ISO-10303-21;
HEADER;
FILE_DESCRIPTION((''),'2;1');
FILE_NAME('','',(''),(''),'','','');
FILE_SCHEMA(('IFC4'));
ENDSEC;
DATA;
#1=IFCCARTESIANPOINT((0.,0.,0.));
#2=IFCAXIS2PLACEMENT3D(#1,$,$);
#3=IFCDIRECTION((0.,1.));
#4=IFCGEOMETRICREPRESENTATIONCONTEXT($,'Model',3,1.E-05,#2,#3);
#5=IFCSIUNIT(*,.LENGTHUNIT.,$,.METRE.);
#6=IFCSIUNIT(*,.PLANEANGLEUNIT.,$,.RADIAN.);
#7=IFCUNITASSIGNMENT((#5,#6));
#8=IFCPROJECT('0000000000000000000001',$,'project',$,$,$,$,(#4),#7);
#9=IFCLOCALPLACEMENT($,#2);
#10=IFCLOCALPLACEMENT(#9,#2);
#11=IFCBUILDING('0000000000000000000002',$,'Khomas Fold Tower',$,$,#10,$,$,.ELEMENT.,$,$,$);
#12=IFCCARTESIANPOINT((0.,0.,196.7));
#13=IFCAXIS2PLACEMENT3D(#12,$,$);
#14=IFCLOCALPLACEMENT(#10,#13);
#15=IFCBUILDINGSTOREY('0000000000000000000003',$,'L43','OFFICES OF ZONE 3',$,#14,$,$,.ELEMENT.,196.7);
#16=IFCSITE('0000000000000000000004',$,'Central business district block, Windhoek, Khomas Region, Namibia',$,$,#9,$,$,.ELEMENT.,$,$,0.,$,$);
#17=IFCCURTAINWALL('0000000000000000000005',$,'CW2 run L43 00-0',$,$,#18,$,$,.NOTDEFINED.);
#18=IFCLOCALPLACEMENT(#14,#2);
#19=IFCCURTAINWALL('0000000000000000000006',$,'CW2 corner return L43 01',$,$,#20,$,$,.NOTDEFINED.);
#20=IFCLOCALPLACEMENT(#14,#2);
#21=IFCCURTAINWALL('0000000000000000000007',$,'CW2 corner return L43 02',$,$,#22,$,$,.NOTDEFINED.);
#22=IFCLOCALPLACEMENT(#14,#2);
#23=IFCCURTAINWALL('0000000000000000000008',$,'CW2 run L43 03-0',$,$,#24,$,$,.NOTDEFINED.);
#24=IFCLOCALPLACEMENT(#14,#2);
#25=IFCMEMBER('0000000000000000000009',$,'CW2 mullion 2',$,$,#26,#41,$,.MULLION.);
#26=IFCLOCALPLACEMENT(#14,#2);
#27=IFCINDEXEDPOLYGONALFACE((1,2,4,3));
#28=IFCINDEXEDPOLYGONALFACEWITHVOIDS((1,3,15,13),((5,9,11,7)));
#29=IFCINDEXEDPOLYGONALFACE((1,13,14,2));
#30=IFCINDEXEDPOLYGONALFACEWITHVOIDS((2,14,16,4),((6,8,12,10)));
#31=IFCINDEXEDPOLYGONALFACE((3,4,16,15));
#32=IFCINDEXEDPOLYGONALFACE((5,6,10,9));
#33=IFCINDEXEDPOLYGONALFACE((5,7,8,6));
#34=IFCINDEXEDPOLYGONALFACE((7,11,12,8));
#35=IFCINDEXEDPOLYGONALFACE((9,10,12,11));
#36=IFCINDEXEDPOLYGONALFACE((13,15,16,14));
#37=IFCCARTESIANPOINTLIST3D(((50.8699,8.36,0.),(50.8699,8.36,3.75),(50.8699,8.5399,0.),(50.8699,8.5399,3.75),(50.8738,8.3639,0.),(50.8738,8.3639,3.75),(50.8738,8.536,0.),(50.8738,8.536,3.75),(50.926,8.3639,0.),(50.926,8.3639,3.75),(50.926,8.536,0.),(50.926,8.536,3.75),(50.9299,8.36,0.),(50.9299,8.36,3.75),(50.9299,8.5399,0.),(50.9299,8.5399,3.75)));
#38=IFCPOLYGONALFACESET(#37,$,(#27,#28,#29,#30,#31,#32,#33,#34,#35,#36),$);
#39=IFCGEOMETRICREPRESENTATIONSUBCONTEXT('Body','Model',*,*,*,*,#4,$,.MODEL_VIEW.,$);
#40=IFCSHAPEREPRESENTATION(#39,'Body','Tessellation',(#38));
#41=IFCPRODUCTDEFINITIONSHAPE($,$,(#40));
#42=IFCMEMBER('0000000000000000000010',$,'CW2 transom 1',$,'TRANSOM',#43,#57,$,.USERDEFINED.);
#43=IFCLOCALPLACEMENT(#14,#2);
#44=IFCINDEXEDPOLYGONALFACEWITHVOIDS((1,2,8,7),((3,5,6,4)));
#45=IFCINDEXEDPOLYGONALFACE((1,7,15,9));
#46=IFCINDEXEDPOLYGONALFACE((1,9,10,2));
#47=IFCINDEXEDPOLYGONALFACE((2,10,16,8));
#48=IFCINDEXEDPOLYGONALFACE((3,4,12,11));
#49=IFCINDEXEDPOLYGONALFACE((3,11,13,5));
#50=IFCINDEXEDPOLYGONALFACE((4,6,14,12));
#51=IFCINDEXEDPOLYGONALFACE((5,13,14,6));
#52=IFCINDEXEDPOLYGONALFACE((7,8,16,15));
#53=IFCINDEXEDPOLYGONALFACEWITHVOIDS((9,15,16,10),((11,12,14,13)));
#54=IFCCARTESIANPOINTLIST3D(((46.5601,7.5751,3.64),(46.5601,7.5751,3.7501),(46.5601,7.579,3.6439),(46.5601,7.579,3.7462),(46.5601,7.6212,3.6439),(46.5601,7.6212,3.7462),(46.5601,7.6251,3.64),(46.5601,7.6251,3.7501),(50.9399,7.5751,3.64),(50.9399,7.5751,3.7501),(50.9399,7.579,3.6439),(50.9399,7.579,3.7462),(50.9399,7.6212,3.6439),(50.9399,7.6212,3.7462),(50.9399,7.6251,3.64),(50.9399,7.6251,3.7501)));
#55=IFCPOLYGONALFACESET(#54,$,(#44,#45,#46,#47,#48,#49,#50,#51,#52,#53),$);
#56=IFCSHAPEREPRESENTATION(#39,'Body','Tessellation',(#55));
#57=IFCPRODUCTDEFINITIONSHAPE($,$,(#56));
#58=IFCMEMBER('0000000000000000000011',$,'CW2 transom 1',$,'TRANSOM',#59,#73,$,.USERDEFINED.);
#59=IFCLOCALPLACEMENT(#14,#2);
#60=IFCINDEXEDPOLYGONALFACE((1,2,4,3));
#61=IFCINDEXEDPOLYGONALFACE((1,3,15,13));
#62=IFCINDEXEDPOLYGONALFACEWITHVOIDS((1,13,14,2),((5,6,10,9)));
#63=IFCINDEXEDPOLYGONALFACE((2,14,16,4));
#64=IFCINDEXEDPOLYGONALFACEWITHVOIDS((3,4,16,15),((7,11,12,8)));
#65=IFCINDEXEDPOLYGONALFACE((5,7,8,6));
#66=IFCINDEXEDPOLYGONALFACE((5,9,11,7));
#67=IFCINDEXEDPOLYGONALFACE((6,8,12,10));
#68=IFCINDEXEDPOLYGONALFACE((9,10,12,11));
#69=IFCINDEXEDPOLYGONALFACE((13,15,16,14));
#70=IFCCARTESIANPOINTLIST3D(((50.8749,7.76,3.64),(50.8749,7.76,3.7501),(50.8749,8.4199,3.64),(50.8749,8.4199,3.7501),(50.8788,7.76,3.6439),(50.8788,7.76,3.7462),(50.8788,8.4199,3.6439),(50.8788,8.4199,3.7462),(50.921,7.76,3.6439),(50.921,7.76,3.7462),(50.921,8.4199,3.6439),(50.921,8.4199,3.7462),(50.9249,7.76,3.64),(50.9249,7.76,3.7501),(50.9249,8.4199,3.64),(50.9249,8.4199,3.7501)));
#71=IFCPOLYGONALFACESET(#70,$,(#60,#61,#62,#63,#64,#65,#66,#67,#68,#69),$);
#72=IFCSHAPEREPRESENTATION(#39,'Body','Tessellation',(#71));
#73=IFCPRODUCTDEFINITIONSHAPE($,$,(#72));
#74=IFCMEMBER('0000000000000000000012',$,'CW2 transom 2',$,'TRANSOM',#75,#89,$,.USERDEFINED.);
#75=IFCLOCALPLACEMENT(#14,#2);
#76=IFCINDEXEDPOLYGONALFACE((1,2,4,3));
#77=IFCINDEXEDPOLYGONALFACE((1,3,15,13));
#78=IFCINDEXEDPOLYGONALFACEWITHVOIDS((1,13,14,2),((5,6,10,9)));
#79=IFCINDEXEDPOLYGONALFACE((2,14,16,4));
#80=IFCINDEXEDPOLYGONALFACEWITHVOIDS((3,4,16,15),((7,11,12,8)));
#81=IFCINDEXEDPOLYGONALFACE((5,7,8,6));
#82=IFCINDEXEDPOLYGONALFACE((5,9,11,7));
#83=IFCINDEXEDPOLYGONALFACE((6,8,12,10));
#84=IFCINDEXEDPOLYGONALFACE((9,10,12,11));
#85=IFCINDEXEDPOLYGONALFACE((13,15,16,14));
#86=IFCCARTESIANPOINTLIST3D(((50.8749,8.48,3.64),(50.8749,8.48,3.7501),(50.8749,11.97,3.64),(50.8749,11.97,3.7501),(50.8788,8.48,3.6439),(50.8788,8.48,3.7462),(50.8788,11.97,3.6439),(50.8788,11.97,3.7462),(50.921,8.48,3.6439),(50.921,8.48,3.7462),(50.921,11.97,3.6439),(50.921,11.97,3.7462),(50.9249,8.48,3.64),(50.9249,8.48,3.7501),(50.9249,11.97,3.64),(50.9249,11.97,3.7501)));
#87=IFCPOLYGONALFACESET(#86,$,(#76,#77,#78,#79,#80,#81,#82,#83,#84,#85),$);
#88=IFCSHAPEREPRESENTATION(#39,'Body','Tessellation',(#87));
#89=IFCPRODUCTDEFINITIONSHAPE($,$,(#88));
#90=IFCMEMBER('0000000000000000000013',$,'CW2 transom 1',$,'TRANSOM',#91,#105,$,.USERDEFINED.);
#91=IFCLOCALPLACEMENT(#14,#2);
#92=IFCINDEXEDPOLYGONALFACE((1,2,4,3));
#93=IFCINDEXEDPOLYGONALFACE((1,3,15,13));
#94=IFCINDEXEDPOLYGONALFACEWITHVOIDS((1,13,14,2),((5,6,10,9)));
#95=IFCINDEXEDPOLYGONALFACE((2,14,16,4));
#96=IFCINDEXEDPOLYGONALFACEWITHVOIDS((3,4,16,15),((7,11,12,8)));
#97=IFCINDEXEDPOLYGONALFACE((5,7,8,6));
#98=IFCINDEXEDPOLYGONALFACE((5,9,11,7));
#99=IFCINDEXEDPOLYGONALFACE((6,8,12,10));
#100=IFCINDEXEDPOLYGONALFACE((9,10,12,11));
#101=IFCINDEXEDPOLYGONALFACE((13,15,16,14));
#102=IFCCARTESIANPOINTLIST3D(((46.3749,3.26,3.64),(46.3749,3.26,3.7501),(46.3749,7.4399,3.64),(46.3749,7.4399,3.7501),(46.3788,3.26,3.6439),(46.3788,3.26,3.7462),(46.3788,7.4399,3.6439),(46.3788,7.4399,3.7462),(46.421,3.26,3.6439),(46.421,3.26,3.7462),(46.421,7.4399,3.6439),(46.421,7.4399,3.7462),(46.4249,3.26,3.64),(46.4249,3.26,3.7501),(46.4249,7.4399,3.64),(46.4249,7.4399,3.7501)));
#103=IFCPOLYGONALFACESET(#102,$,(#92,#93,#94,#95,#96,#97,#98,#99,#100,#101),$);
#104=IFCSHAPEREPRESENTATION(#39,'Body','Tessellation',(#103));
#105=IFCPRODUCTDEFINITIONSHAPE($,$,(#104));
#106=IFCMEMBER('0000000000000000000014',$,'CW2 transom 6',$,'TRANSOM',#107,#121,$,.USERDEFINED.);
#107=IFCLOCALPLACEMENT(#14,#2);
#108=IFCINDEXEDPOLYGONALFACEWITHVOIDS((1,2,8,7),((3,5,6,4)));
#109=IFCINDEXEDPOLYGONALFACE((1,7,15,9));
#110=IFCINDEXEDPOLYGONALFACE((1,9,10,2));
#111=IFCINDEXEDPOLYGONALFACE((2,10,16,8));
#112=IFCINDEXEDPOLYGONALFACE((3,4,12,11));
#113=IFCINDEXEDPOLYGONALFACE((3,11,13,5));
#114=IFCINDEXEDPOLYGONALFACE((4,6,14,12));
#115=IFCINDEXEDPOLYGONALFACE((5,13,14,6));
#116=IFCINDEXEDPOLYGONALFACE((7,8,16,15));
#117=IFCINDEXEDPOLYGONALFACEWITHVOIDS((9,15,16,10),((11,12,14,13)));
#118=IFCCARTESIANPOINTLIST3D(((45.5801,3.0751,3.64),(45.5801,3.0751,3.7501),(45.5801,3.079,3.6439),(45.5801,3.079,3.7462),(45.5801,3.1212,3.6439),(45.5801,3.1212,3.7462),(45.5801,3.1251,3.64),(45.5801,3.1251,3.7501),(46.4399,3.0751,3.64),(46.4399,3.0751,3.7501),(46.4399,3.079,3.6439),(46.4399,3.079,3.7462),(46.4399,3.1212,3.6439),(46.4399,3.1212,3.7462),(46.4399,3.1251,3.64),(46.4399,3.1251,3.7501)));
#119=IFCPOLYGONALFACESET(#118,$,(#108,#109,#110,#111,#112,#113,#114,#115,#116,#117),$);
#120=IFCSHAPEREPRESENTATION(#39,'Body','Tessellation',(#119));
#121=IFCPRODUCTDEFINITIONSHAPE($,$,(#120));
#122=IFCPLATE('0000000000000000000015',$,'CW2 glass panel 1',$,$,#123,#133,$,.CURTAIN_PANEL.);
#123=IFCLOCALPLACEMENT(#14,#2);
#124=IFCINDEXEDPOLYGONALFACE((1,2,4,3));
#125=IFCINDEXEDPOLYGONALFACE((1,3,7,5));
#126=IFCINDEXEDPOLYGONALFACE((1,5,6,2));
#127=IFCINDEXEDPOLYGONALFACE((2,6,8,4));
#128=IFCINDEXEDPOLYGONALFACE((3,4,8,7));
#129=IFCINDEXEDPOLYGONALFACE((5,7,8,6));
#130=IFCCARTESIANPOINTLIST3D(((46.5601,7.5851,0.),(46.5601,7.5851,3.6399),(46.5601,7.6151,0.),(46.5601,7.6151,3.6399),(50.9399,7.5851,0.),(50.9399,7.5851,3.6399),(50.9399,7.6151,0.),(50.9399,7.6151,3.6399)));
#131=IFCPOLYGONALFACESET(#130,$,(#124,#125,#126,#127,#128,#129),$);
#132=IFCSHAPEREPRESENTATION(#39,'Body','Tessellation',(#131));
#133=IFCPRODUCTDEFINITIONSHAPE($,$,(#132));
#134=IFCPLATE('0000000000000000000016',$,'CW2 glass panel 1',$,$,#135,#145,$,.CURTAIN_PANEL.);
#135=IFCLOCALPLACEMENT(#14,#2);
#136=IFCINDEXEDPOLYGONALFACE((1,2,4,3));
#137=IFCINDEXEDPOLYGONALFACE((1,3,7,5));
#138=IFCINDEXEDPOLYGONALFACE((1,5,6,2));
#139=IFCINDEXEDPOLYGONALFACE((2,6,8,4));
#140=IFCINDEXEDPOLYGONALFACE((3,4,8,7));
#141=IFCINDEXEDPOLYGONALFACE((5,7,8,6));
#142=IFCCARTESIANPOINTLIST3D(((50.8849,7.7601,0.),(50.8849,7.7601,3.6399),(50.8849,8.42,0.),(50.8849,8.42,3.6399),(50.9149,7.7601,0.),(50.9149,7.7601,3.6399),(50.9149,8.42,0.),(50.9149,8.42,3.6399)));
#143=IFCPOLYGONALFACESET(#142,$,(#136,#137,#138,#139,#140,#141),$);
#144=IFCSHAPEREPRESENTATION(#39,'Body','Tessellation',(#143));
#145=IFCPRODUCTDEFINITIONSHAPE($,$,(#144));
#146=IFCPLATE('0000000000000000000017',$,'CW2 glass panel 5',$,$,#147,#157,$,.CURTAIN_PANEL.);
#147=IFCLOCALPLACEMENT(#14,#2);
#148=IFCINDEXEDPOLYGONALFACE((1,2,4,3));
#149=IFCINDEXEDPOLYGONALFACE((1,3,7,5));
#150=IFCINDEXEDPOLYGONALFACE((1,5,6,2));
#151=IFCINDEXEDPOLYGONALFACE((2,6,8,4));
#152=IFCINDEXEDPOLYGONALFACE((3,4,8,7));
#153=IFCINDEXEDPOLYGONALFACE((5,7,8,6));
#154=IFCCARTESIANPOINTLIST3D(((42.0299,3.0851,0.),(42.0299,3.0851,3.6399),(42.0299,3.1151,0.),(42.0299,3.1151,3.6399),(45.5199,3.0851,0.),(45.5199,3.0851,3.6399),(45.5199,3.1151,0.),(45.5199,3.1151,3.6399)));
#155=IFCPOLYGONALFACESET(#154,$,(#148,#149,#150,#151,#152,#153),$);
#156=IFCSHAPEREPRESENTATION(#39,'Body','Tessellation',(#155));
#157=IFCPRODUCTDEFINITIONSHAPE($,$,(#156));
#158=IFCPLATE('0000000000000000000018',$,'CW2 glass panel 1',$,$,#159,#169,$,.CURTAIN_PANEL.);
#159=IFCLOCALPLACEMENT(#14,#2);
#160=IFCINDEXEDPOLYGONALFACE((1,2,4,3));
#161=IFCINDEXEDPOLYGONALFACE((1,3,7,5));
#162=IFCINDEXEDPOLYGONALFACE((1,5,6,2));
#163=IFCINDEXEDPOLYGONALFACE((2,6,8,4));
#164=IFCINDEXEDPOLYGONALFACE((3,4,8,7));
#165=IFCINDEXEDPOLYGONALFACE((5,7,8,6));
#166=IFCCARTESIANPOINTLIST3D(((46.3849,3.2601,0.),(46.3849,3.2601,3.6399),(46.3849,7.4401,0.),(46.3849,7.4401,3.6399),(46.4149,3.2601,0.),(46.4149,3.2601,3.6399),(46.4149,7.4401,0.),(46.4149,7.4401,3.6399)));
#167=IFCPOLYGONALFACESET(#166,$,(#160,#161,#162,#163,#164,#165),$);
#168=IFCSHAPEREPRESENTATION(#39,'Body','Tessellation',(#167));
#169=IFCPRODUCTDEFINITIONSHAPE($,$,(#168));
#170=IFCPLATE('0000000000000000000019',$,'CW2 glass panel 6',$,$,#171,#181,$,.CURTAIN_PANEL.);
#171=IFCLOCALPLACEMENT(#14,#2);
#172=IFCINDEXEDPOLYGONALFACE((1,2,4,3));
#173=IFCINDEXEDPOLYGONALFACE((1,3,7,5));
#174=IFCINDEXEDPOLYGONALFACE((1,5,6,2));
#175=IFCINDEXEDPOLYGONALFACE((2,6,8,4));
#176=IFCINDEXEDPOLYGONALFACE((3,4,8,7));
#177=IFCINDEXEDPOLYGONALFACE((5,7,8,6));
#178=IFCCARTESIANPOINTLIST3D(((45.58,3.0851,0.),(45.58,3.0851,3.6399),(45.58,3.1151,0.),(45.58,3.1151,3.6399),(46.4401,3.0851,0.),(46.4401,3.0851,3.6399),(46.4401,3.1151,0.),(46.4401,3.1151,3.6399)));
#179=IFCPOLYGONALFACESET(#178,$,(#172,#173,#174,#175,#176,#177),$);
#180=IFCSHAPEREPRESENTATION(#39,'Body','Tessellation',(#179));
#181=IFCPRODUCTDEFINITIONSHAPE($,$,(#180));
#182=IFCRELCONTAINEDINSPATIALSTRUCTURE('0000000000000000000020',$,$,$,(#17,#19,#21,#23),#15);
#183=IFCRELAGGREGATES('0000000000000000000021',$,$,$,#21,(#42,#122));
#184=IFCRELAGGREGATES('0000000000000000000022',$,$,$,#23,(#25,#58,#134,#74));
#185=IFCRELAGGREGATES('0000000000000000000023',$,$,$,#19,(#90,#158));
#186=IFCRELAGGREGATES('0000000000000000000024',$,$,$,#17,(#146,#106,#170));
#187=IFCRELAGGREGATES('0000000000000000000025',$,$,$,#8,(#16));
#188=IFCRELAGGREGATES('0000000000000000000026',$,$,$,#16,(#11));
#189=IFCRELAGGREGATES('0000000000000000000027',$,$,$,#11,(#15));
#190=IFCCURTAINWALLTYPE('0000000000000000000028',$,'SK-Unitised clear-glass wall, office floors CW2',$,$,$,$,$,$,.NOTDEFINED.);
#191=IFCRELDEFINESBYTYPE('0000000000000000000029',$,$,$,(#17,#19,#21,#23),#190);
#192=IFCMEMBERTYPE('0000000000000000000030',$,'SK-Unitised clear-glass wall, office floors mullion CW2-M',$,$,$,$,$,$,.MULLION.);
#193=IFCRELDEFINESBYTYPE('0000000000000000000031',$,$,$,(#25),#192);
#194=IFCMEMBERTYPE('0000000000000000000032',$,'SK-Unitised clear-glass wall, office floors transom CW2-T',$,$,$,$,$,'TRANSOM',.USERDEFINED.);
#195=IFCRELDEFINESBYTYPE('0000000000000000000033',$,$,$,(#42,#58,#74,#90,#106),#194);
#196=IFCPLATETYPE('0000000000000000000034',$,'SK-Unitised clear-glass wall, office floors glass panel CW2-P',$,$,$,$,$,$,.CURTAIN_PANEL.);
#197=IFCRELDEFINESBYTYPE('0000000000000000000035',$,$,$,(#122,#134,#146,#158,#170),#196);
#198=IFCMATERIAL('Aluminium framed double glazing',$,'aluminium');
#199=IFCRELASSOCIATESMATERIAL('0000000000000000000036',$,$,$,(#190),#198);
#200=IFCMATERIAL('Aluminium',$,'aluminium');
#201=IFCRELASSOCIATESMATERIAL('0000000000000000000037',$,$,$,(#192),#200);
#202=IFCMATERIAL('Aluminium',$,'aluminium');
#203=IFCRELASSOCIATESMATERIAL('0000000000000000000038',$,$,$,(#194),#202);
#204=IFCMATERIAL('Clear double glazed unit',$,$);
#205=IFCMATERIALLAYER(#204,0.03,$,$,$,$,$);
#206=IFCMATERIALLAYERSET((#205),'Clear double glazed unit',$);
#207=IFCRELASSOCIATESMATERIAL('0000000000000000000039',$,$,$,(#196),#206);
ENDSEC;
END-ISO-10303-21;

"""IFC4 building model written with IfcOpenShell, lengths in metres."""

from ifc_helpers import new_model, si_unit, direction, frame, origin, origin_2d, place, context, subcontext, project, spatial, rectangle, hollow_rectangle, extrude, source, transform, mapped, material, layer, layer_set, material_profile, profile_set, type_object, element, aggregate, save


model = new_model("IFC4")

# Units and contexts
model_context = context("Model", 3, precision=1e-05, world=origin(), true_north=direction((0.0, 1.0)))
body_context = subcontext(model_context, "Body", "Model", "MODEL_VIEW")
ifc_project = project(units=[si_unit("LENGTHUNIT", "METRE"), si_unit("PLANEANGLEUNIT", "RADIAN")], contexts=[model_context])

# Site, building, storey
site_placement = place(None, origin())
site = spatial("IfcSite", under=ifc_project, at=site_placement, Name="Central business district block, Windhoek, Khomas Region, Namibia", CompositionType="ELEMENT", RefElevation=0.0)
building_placement = place(site_placement, origin())
building = spatial("IfcBuilding", under=site, at=building_placement, Name="Khomas Fold Tower", CompositionType="ELEMENT")
storey_placement = place(building_placement, frame((0.0, 0.0, 196.7)))
storey = spatial("IfcBuildingStorey", under=building, at=storey_placement, Name="L43", Description="OFFICES OF ZONE 3", CompositionType="ELEMENT", Elevation=196.7)

# Curtain walls
ifc_material_1 = material(Name="Aluminium framed double glazing", Category="aluminium")
curtain_wall_type = type_object("IfcCurtainWallType", Name="SK-Unitised clear-glass wall, office floors CW2", PredefinedType="NOTDEFINED", material=ifc_material_1)
curtain_wall_1_placement = place(storey_placement, origin())
curtain_wall_1 = element("IfcCurtainWall", 1, at=curtain_wall_1_placement, inside=storey, type_object=curtain_wall_type, Name="CW2 run L43 00-0", PredefinedType="NOTDEFINED")
ifc_material_2 = material(Name="Aluminium", Category="aluminium")
ifc_material_profile_1 = material_profile(ifc_material_2, hollow_rectangle(XDim=0.0601, YDim=0.1799, WallThickness=0.0039, at=origin_2d()), Name="SK-Unitised clear-glass wall, office floors mullion CW2-M")
ifc_profile_set_1 = profile_set([ifc_material_profile_1], Name="Aluminium")
member_type_1 = type_object("IfcMemberType", Name="SK-Unitised clear-glass wall, office floors mullion CW2-M", PredefinedType="MULLION", material=ifc_profile_set_1)
shared_shape_1 = source(origin(), body_context, "Body", "SweptSolid", [
    extrude(hollow_rectangle(XDim=0.0601, YDim=0.1799, WallThickness=0.0039, at=origin_2d()), origin(), (0.0, 0.0, 1.0), 3.75),
])
curtain_wall_2_placement = place(storey_placement, origin())
curtain_wall_2 = element("IfcCurtainWall", 2, at=curtain_wall_2_placement, inside=storey, type_object=curtain_wall_type, Name="CW2 corner return L43 01", PredefinedType="NOTDEFINED")
curtain_wall_3_placement = place(storey_placement, origin())
curtain_wall_3 = element("IfcCurtainWall", 3, at=curtain_wall_3_placement, inside=storey, type_object=curtain_wall_type, Name="CW2 corner return L43 02", PredefinedType="NOTDEFINED")

# Curtain wall, member
curtain_wall_4_placement = place(storey_placement, origin())
curtain_wall_4 = element("IfcCurtainWall", 4, at=curtain_wall_4_placement, inside=storey, type_object=curtain_wall_type, Name="CW2 run L43 03-0", PredefinedType="NOTDEFINED")
member_1_placement = place(storey_placement, frame((50.8999, 8.45, 0.0), z_axis=(0.0, 0.0, 1.0), x_axis=(-1.0, 0.0, 0.0)))
member_1 = element("IfcMember", 5, at=member_1_placement, type_object=member_type_1, Name="CW2 mullion 2", PredefinedType="MULLION", context=body_context, shape_type="MappedRepresentation", body=[
    mapped(shared_shape_1, transform((0.0, 0.0, 0.0))),
])

# Members
ifc_material_3 = material(Name="Aluminium", Category="aluminium")
ifc_material_profile_2 = material_profile(ifc_material_3, hollow_rectangle(XDim=0.05, YDim=0.1101, WallThickness=0.0039, at=origin_2d()), Name="SK-Unitised clear-glass wall, office floors transom CW2-T")
ifc_profile_set_2 = profile_set([ifc_material_profile_2], Name="Aluminium")
member_type_2 = type_object("IfcMemberType", Name="SK-Unitised clear-glass wall, office floors transom CW2-T", ElementType="TRANSOM", PredefinedType="USERDEFINED", material=ifc_profile_set_2)
shared_shape_2 = source(origin(), body_context, "Body", "SweptSolid", [
    extrude(hollow_rectangle(XDim=0.05, YDim=0.1101, WallThickness=0.0039, at=origin_2d()), origin(), (0.0, 0.0, 1.0), 4.3799),
])
member_2_placement = place(storey_placement, frame((46.5601, 7.6001, 3.6951), z_axis=(1.0, 0.0, 0.0), x_axis=(0.0, 1.0, 0.0)))
member_2 = element("IfcMember", 6, at=member_2_placement, type_object=member_type_2, Name="CW2 transom 1", ObjectType="TRANSOM", PredefinedType="USERDEFINED", context=body_context, shape_type="MappedRepresentation", body=[
    mapped(shared_shape_2, transform((0.0, 0.0, 0.0))),
])
shared_shape_3 = source(origin(), body_context, "Body", "SweptSolid", [
    extrude(hollow_rectangle(XDim=0.05, YDim=0.1101, WallThickness=0.0039, at=origin_2d()), origin(), (0.0, 0.0, 1.0), 0.6599),
])
member_3_placement = place(storey_placement, frame((50.8999, 7.76, 3.6951), z_axis=(0.0, 1.0, 0.0), x_axis=(-1.0, 0.0, 0.0)))
member_3 = element("IfcMember", 7, at=member_3_placement, type_object=member_type_2, Name="CW2 transom 1", ObjectType="TRANSOM", PredefinedType="USERDEFINED", context=body_context, shape_type="MappedRepresentation", body=[
    mapped(shared_shape_3, transform((0.0, 0.0, 0.0))),
])
shared_shape_4 = source(origin(), body_context, "Body", "SweptSolid", [
    extrude(hollow_rectangle(XDim=0.05, YDim=0.1101, WallThickness=0.0039, at=origin_2d()), origin(), (0.0, 0.0, 1.0), 3.49),
])
member_4_placement = place(storey_placement, frame((50.8999, 8.48, 3.6951), z_axis=(0.0, 1.0, 0.0), x_axis=(-1.0, 0.0, 0.0)))
member_4 = element("IfcMember", 8, at=member_4_placement, type_object=member_type_2, Name="CW2 transom 2", ObjectType="TRANSOM", PredefinedType="USERDEFINED", context=body_context, shape_type="MappedRepresentation", body=[
    mapped(shared_shape_4, transform((0.0, 0.0, 0.0))),
])
shared_shape_5 = source(origin(), body_context, "Body", "SweptSolid", [
    extrude(hollow_rectangle(XDim=0.05, YDim=0.1101, WallThickness=0.0039, at=origin_2d()), origin(), (0.0, 0.0, 1.0), 4.1799),
])
member_5_placement = place(storey_placement, frame((46.3999, 3.26, 3.6951), z_axis=(0.0, 1.0, 0.0), x_axis=(-1.0, 0.0, 0.0)))
member_5 = element("IfcMember", 9, at=member_5_placement, type_object=member_type_2, Name="CW2 transom 1", ObjectType="TRANSOM", PredefinedType="USERDEFINED", context=body_context, shape_type="MappedRepresentation", body=[
    mapped(shared_shape_5, transform((0.0, 0.0, 0.0))),
])
shared_shape_6 = source(origin(), body_context, "Body", "SweptSolid", [
    extrude(hollow_rectangle(XDim=0.05, YDim=0.1101, WallThickness=0.0039, at=origin_2d()), origin(), (0.0, 0.0, 1.0), 0.8599),
])
member_6_placement = place(storey_placement, frame((45.5801, 3.1001, 3.6951), z_axis=(1.0, 0.0, 0.0), x_axis=(0.0, 1.0, 0.0)))
member_6 = element("IfcMember", 10, at=member_6_placement, type_object=member_type_2, Name="CW2 transom 6", ObjectType="TRANSOM", PredefinedType="USERDEFINED", context=body_context, shape_type="MappedRepresentation", body=[
    mapped(shared_shape_6, transform((0.0, 0.0, 0.0))),
])

# Plates
ifc_material_4 = material(Name="Clear double glazed unit")
ifc_layer = layer(ifc_material_4, 0.03)
ifc_layer_set = layer_set([ifc_layer], Name="Clear double glazed unit")
plate_type = type_object("IfcPlateType", Name="SK-Unitised clear-glass wall, office floors glass panel CW2-P", PredefinedType="CURTAIN_PANEL", material=ifc_layer_set)
shared_shape_7 = source(origin(), body_context, "Body", "SweptSolid", [
    extrude(rectangle(XDim=4.3799, YDim=0.03, at=origin_2d()), origin(), (0.0, 0.0, 1.0), 3.6399),
])
plate_1_placement = place(storey_placement, frame((48.75, 7.6001, 0.0), z_axis=(0.0, 0.0, 1.0), x_axis=(1.0, 0.0, 0.0)))
plate_1 = element("IfcPlate", 11, at=plate_1_placement, type_object=plate_type, Name="CW2 glass panel 1", PredefinedType="CURTAIN_PANEL", context=body_context, shape_type="MappedRepresentation", body=[
    mapped(shared_shape_7, transform((0.0, 0.0, 0.0))),
])
aggregate(curtain_wall_3, [member_2, plate_1])
shared_shape_8 = source(origin(), body_context, "Body", "SweptSolid", [
    extrude(rectangle(XDim=0.6599, YDim=0.03, at=origin_2d()), origin(), (0.0, 0.0, 1.0), 3.6399),
])
plate_2_placement = place(storey_placement, frame((50.8999, 8.0901, 0.0), z_axis=(0.0, 0.0, 1.0), x_axis=(0.0, 1.0, 0.0)))
plate_2 = element("IfcPlate", 12, at=plate_2_placement, type_object=plate_type, Name="CW2 glass panel 1", PredefinedType="CURTAIN_PANEL", context=body_context, shape_type="MappedRepresentation", body=[
    mapped(shared_shape_8, transform((0.0, 0.0, 0.0))),
])
aggregate(curtain_wall_4, [member_1, member_3, plate_2, member_4])
shared_shape_9 = source(origin(), body_context, "Body", "SweptSolid", [
    extrude(rectangle(XDim=3.49, YDim=0.03, at=origin_2d()), origin(), (0.0, 0.0, 1.0), 3.6399),
])
plate_3_placement = place(storey_placement, frame((43.7749, 3.1001, 0.0), z_axis=(0.0, 0.0, 1.0), x_axis=(1.0, 0.0, 0.0)))
plate_3 = element("IfcPlate", 13, at=plate_3_placement, type_object=plate_type, Name="CW2 glass panel 5", PredefinedType="CURTAIN_PANEL", context=body_context, shape_type="MappedRepresentation", body=[
    mapped(shared_shape_9, transform((0.0, 0.0, 0.0))),
])
shared_shape_10 = source(origin(), body_context, "Body", "SweptSolid", [
    extrude(rectangle(XDim=4.1799, YDim=0.03, at=origin_2d()), origin(), (0.0, 0.0, 1.0), 3.6399),
])
plate_4_placement = place(storey_placement, frame((46.3999, 5.3501, 0.0), z_axis=(0.0, 0.0, 1.0), x_axis=(0.0, 1.0, 0.0)))
plate_4 = element("IfcPlate", 14, at=plate_4_placement, type_object=plate_type, Name="CW2 glass panel 1", PredefinedType="CURTAIN_PANEL", context=body_context, shape_type="MappedRepresentation", body=[
    mapped(shared_shape_10, transform((0.0, 0.0, 0.0))),
])
aggregate(curtain_wall_2, [member_5, plate_4])
shared_shape_11 = source(origin(), body_context, "Body", "SweptSolid", [
    extrude(rectangle(XDim=0.8601, YDim=0.03, at=origin_2d()), origin(), (0.0, 0.0, 1.0), 3.6399),
])
plate_5_placement = place(storey_placement, frame((46.01, 3.1001, 0.0), z_axis=(0.0, 0.0, 1.0), x_axis=(1.0, 0.0, 0.0)))
plate_5 = element("IfcPlate", 15, at=plate_5_placement, type_object=plate_type, Name="CW2 glass panel 6", PredefinedType="CURTAIN_PANEL", context=body_context, shape_type="MappedRepresentation", body=[
    mapped(shared_shape_11, transform((0.0, 0.0, 0.0))),
])
aggregate(curtain_wall_1, [plate_3, member_6, plate_5])

save(model, "model.ifc")
